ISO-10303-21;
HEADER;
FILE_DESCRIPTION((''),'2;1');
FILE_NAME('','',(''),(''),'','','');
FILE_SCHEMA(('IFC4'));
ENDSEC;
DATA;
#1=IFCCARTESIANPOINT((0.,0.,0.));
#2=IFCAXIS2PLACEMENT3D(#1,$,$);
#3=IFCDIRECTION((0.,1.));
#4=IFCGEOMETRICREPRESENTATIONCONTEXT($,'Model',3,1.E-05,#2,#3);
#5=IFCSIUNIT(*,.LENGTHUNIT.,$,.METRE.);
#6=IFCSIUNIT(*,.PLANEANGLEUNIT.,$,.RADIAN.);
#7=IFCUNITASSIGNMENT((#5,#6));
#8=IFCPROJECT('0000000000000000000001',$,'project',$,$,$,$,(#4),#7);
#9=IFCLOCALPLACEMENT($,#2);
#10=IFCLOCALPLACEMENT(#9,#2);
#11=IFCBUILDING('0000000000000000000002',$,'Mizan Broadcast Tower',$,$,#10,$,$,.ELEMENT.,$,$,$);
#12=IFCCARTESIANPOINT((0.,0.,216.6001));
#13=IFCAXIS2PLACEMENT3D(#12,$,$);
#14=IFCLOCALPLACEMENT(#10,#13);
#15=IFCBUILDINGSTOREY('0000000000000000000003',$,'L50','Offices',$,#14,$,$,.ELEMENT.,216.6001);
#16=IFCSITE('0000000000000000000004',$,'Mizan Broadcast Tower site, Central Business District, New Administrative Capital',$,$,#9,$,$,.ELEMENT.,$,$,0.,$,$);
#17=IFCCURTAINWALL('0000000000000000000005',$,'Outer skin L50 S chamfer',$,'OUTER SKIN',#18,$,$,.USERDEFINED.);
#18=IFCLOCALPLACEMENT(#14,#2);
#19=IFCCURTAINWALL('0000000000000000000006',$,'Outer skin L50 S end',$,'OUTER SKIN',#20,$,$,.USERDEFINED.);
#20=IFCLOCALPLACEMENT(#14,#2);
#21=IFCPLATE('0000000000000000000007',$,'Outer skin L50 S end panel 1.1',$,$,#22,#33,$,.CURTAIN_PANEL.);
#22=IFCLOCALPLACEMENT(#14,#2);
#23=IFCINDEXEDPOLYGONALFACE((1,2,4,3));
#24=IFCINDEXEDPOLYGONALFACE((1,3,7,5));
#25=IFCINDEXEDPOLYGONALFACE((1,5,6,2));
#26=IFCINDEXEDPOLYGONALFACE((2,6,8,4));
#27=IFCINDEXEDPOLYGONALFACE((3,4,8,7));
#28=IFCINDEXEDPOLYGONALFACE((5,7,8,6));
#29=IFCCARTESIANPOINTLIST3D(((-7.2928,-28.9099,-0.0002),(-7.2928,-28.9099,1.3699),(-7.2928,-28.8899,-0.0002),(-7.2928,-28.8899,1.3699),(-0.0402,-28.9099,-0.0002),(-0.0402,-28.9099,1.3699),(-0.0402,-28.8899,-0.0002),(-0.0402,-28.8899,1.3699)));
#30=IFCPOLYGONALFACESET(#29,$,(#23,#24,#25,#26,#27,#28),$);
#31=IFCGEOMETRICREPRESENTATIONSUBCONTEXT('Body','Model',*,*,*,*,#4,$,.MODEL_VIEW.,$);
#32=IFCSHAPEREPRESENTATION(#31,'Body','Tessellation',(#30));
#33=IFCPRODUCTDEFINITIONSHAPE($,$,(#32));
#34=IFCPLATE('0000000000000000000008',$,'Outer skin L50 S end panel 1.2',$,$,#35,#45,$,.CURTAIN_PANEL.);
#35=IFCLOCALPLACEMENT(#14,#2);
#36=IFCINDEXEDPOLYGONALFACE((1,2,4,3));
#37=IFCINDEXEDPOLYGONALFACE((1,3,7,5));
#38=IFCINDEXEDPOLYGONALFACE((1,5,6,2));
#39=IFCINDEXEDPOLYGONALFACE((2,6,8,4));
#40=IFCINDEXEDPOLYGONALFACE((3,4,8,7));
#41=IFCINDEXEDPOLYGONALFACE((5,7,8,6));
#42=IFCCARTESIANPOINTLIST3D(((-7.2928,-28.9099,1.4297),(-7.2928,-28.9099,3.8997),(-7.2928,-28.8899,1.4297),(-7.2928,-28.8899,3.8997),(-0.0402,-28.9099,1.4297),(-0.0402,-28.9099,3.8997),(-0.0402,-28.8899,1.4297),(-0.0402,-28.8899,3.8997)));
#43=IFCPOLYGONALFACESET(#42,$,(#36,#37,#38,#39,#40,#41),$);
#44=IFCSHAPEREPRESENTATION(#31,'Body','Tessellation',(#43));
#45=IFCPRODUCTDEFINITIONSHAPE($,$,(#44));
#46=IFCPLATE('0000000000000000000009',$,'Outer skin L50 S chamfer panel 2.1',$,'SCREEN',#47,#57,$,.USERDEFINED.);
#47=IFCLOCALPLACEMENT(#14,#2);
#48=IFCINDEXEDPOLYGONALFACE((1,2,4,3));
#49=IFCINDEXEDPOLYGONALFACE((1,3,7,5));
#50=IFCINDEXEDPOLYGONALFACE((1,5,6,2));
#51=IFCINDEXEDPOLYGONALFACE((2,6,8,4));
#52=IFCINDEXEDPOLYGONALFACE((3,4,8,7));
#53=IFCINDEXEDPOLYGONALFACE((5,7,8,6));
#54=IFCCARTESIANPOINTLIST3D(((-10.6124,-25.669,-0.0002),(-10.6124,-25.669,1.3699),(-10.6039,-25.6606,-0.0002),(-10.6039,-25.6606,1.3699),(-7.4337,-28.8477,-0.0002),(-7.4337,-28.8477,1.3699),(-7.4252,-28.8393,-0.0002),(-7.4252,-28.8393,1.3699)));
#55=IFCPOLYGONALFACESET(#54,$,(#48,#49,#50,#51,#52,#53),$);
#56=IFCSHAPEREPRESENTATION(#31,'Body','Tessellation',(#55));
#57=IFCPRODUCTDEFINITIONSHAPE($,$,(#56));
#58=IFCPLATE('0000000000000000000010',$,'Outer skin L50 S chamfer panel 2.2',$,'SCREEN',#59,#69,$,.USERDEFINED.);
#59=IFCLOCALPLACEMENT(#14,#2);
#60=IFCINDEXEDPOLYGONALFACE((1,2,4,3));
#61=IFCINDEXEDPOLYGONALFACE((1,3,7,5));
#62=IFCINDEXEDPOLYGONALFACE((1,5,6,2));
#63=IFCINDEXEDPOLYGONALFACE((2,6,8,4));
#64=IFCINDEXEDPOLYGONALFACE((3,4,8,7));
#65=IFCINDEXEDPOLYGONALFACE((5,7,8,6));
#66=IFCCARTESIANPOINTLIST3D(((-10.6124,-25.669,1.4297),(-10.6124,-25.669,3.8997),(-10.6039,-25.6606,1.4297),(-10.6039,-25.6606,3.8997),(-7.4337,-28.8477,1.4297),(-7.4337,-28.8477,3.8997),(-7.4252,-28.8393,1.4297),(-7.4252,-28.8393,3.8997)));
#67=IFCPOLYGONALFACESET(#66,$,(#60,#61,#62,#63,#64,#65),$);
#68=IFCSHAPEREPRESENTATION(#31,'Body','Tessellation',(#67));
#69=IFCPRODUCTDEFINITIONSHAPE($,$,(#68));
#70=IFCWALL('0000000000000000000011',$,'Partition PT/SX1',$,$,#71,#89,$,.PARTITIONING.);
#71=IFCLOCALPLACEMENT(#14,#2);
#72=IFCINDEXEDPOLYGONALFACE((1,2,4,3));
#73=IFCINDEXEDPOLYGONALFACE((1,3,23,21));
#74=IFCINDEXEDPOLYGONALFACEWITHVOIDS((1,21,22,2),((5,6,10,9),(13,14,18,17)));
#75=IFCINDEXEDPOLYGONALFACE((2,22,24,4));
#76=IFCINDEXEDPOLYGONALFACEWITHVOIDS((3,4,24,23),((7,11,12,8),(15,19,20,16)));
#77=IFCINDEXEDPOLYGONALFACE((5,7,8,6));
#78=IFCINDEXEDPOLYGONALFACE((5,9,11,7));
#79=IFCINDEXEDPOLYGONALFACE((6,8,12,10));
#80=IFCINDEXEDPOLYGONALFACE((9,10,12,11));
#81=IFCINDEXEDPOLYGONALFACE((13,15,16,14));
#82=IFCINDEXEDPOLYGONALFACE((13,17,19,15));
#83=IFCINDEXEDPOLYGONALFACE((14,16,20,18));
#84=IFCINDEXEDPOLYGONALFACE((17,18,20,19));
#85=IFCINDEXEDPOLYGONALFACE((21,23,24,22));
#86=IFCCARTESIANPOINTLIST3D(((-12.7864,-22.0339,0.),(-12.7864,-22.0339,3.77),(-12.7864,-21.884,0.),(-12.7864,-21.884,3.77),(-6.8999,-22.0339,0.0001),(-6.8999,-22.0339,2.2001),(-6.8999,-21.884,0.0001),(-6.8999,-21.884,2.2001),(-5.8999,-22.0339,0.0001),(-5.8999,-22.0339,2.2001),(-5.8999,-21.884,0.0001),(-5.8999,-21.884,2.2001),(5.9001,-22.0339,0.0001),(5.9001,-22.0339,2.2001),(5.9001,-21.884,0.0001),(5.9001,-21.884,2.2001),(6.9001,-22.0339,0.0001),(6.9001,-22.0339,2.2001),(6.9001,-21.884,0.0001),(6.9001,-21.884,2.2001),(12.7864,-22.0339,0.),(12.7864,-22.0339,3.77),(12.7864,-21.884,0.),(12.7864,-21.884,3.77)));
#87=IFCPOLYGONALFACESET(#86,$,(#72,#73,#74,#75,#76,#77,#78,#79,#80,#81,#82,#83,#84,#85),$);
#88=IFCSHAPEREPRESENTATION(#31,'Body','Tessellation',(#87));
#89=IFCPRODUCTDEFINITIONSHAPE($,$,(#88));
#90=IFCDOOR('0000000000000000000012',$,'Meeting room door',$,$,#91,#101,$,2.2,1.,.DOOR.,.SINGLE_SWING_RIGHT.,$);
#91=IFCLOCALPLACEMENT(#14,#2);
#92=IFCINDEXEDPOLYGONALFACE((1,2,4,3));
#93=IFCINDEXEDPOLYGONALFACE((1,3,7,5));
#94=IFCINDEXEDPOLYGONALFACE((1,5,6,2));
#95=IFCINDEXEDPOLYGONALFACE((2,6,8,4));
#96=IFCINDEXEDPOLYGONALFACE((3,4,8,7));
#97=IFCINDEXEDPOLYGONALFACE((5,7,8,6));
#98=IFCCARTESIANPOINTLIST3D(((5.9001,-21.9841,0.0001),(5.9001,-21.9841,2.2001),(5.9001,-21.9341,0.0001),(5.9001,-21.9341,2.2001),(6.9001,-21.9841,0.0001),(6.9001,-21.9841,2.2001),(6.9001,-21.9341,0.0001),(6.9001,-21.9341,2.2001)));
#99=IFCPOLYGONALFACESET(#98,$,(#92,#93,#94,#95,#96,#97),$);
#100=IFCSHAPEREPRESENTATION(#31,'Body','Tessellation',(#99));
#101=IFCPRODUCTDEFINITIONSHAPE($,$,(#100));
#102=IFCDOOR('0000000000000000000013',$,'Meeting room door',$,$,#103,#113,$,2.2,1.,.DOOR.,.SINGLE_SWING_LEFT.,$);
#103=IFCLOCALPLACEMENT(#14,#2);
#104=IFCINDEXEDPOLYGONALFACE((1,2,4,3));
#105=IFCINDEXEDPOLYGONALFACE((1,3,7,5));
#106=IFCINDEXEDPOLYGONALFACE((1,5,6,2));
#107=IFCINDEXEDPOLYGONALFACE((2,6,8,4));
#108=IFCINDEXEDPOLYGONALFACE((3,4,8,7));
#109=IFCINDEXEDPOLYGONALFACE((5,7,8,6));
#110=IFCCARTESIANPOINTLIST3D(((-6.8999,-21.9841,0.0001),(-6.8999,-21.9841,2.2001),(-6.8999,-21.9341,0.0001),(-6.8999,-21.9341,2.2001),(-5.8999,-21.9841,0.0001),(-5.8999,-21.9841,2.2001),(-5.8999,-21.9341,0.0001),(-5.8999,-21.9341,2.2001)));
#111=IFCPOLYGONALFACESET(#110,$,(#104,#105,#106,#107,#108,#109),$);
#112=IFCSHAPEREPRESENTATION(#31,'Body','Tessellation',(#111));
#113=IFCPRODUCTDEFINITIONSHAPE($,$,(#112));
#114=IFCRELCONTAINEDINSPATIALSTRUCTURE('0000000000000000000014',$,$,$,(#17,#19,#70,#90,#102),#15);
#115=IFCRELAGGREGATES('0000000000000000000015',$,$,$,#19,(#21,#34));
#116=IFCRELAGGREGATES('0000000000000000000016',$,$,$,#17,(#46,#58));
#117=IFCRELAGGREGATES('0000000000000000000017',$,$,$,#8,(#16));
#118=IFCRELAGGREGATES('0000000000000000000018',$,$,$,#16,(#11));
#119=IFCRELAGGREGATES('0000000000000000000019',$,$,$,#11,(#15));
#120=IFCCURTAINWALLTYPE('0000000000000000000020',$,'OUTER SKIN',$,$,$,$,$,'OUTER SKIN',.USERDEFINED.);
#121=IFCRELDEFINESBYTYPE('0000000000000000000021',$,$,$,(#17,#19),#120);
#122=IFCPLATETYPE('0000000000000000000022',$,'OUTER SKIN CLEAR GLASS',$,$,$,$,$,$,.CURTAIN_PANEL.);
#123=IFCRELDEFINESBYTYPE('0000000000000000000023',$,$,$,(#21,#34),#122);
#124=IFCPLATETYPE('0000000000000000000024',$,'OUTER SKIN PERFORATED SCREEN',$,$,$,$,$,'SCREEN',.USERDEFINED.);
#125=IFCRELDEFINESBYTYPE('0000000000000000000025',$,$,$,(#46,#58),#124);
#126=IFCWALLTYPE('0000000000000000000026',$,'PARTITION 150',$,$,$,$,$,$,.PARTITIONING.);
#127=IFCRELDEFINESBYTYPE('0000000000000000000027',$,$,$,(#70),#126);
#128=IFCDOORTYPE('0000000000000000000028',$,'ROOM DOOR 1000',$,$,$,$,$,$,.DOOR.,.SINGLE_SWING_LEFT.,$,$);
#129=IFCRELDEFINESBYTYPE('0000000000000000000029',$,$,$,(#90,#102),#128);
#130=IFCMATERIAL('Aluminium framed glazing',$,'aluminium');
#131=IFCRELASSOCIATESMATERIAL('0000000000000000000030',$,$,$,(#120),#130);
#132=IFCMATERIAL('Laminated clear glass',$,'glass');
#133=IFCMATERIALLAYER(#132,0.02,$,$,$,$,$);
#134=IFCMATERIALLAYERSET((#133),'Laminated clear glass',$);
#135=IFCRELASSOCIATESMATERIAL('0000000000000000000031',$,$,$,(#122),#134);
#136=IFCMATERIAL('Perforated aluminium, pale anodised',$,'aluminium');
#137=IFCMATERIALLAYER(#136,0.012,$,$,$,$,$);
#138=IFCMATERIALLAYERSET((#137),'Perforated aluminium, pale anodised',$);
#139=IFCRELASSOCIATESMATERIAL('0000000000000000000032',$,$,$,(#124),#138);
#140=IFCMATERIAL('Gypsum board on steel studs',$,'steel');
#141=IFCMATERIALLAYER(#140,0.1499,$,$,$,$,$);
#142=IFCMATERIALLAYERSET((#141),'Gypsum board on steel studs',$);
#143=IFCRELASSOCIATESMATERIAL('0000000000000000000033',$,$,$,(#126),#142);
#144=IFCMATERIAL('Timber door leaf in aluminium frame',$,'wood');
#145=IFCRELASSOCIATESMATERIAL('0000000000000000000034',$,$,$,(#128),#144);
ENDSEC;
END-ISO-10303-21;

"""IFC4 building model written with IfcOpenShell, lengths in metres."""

from ifc_helpers import new_model, si_unit, direction, frame, frame_2d, origin, origin_2d, place, context, subcontext, project, spatial, rectangle, extrude, material, layer, layer_set, type_object, element, fill, aggregate, save


model = new_model("IFC4")

# Units and contexts
model_context = context("Model", 3, precision=1e-05, world=origin(), true_north=direction((0.0, 1.0)))
body_context = subcontext(model_context, "Body", "Model", "MODEL_VIEW")
ifc_project = project(units=[si_unit("LENGTHUNIT", "METRE"), si_unit("PLANEANGLEUNIT", "RADIAN")], contexts=[model_context])

# Site, building, storey
site_placement = place(None, origin())
site = spatial("IfcSite", under=ifc_project, at=site_placement, Name="Mizan Broadcast Tower site, Central Business District, New Administrative Capital", CompositionType="ELEMENT", RefElevation=0.0)
building_placement = place(site_placement, origin())
building = spatial("IfcBuilding", under=site, at=building_placement, Name="Mizan Broadcast Tower", CompositionType="ELEMENT")
storey_placement = place(building_placement, frame((0.0, 0.0, 216.6001)))
storey = spatial("IfcBuildingStorey", under=building, at=storey_placement, Name="L50", Description="Offices", CompositionType="ELEMENT", Elevation=216.6001)

# Curtain wall
ifc_material_1 = material(Name="Aluminium framed glazing", Category="aluminium")
curtain_wall_type_1 = type_object("IfcCurtainWallType", Name="OUTER SKIN", ElementType="OUTER SKIN", PredefinedType="USERDEFINED", material=ifc_material_1)
curtain_wall_1_placement = place(storey_placement, origin())
curtain_wall_1 = element("IfcCurtainWall", 1, at=curtain_wall_1_placement, inside=storey, type_object=curtain_wall_type_1, Name="Outer skin L50 S chamfer", ObjectType="OUTER SKIN", PredefinedType="USERDEFINED")

# Curtain wall
curtain_wall_2_placement = place(storey_placement, origin())
curtain_wall_2 = element("IfcCurtainWall", 2, at=curtain_wall_2_placement, inside=storey, type_object=curtain_wall_type_1, Name="Outer skin L50 S end", ObjectType="OUTER SKIN", PredefinedType="USERDEFINED")

# Plates
ifc_material_2 = material(Name="Laminated clear glass", Category="glass")
ifc_layer_1 = layer(ifc_material_2, 0.02)
ifc_layer_set_1 = layer_set([ifc_layer_1], Name="Laminated clear glass")
plate_type_1 = type_object("IfcPlateType", Name="OUTER SKIN CLEAR GLASS", PredefinedType="CURTAIN_PANEL", material=ifc_layer_set_1)
plate_1_placement = place(storey_placement, frame((-3.6665, -28.8999, -0.0002), z_axis=(0.0, 0.0, 1.0), x_axis=(1.0, 0.0, 0.0)))
plate_1 = element("IfcPlate", 3, at=plate_1_placement, type_object=plate_type_1, Name="Outer skin L50 S end panel 1.1", PredefinedType="CURTAIN_PANEL", context=body_context, shape_type="SweptSolid", body=[
    extrude(rectangle(XDim=7.2527, YDim=0.02, at=origin_2d()), origin(), (0.0, 0.0, 1.0), 1.3701),
])
plate_2_placement = place(storey_placement, frame((-3.6665, -28.8999, 1.4297), z_axis=(0.0, 0.0, 1.0), x_axis=(1.0, 0.0, 0.0)))
plate_2 = element("IfcPlate", 4, at=plate_2_placement, type_object=plate_type_1, Name="Outer skin L50 S end panel 1.2", PredefinedType="CURTAIN_PANEL", context=body_context, shape_type="SweptSolid", body=[
    extrude(rectangle(XDim=7.2527, YDim=0.02, at=origin_2d()), origin(), (0.0, 0.0, 1.0), 2.47),
])
aggregate(curtain_wall_2, [plate_1, plate_2])
ifc_material_3 = material(Name="Perforated aluminium, pale anodised", Category="aluminium")
ifc_layer_2 = layer(ifc_material_3, 0.012)
ifc_layer_set_2 = layer_set([ifc_layer_2], Name="Perforated aluminium, pale anodised")
plate_type_2 = type_object("IfcPlateType", Name="OUTER SKIN PERFORATED SCREEN", ElementType="SCREEN", PredefinedType="USERDEFINED", material=ifc_layer_set_2)
plate_3_placement = place(storey_placement, frame((-9.0188, -27.2542, -0.0002), z_axis=(0.0, 0.0, 1.0), x_axis=(0.707107, -0.707107, 0.0)))
plate_3 = element("IfcPlate", 5, at=plate_3_placement, type_object=plate_type_2, Name="Outer skin L50 S chamfer panel 2.1", ObjectType="SCREEN", PredefinedType="USERDEFINED", context=body_context, shape_type="SweptSolid", body=[
    extrude(rectangle(XDim=4.4954, YDim=0.012, at=origin_2d()), origin(), (0.0, 0.0, 1.0), 1.3701),
])
plate_4_placement = place(storey_placement, frame((-9.0188, -27.2542, 1.4297), z_axis=(0.0, 0.0, 1.0), x_axis=(0.707107, -0.707107, 0.0)))
plate_4 = element("IfcPlate", 6, at=plate_4_placement, type_object=plate_type_2, Name="Outer skin L50 S chamfer panel 2.2", ObjectType="SCREEN", PredefinedType="USERDEFINED", context=body_context, shape_type="SweptSolid", body=[
    extrude(rectangle(XDim=4.4954, YDim=0.012, at=origin_2d()), origin(), (0.0, 0.0, 1.0), 2.47),
])
aggregate(curtain_wall_1, [plate_3, plate_4])

# Wall, openings, doors
ifc_material_4 = material(Name="Gypsum board on steel studs", Category="steel")
ifc_layer_3 = layer(ifc_material_4, 0.1499)
ifc_layer_set_3 = layer_set([ifc_layer_3], Name="Gypsum board on steel studs")
wall_type = type_object("IfcWallType", Name="PARTITION 150", PredefinedType="PARTITIONING", material=ifc_layer_set_3)
wall_placement = place(storey_placement, frame((-12.7864, -21.959, 0.0), z_axis=(0.0, 0.0, 1.0), x_axis=(1.0, 0.0, 0.0)))
wall = element("IfcWall", 7, at=wall_placement, inside=storey, type_object=wall_type, Name="Partition PT/SX1", PredefinedType="PARTITIONING", context=body_context, shape_type="SweptSolid", body=[
    extrude(rectangle(XDim=25.5728, YDim=0.1499, at=frame_2d((12.7864, 0.0))), origin(), (0.0, 0.0, 1.0), 3.77),
])
opening_1_placement = place(wall_placement, frame((18.6865, 0.0, 0.0)))
opening_1 = element("IfcOpeningElement", 8, at=opening_1_placement, cuts=wall, PredefinedType="OPENING", context=body_context, shape_type="SweptSolid", body=[
    extrude(rectangle(XDim=1.0, YDim=2.2, at=frame_2d((0.5, 1.1001))), frame((0.0, 0.085, 0.0), z_axis=(0.0, -1.0, 0.0), x_axis=(1.0, 0.0, 0.0)), (0.0, 0.0, 1.0), 0.1699),
])
opening_2_placement = place(wall_placement, frame((5.8865, 0.0, 0.0)))
opening_2 = element("IfcOpeningElement", 9, at=opening_2_placement, cuts=wall, PredefinedType="OPENING", context=body_context, shape_type="SweptSolid", body=[
    extrude(rectangle(XDim=1.0, YDim=2.2, at=frame_2d((0.5, 1.1001))), frame((0.0, 0.085, 0.0), z_axis=(0.0, -1.0, 0.0), x_axis=(1.0, 0.0, 0.0)), (0.0, 0.0, 1.0), 0.1699),
])
ifc_material_5 = material(Name="Timber door leaf in aluminium frame", Category="wood")
door_type = type_object("IfcDoorType", Name="ROOM DOOR 1000", OperationType="SINGLE_SWING_LEFT", PredefinedType="DOOR", material=ifc_material_5)
door_1_placement = place(opening_1_placement, origin())
door_1 = element("IfcDoor", 10, at=door_1_placement, inside=storey, type_object=door_type, Name="Meeting room door", OperationType="SINGLE_SWING_RIGHT", OverallHeight=2.2, OverallWidth=1.0, PredefinedType="DOOR", context=body_context, shape_type="SweptSolid", body=[
    extrude(rectangle(XDim=1.0, YDim=2.2, at=frame_2d((0.5, 1.1001))), frame((0.0, 0.0249, 0.0), z_axis=(0.0, -1.0, 0.0), x_axis=(1.0, 0.0, 0.0)), (0.0, 0.0, 1.0), 0.05),
])
fill(opening_1, door_1)
door_2_placement = place(opening_2_placement, origin())
door_2 = element("IfcDoor", 11, at=door_2_placement, inside=storey, type_object=door_type, Name="Meeting room door", OperationType="SINGLE_SWING_LEFT", OverallHeight=2.2, OverallWidth=1.0, PredefinedType="DOOR", context=body_context, shape_type="SweptSolid", body=[
    extrude(rectangle(XDim=1.0, YDim=2.2, at=frame_2d((0.5, 1.1001))), frame((0.0, 0.0249, 0.0), z_axis=(0.0, -1.0, 0.0), x_axis=(1.0, 0.0, 0.0)), (0.0, 0.0, 1.0), 0.05),
])
fill(opening_2, door_2)

save(model, "model.ifc")
